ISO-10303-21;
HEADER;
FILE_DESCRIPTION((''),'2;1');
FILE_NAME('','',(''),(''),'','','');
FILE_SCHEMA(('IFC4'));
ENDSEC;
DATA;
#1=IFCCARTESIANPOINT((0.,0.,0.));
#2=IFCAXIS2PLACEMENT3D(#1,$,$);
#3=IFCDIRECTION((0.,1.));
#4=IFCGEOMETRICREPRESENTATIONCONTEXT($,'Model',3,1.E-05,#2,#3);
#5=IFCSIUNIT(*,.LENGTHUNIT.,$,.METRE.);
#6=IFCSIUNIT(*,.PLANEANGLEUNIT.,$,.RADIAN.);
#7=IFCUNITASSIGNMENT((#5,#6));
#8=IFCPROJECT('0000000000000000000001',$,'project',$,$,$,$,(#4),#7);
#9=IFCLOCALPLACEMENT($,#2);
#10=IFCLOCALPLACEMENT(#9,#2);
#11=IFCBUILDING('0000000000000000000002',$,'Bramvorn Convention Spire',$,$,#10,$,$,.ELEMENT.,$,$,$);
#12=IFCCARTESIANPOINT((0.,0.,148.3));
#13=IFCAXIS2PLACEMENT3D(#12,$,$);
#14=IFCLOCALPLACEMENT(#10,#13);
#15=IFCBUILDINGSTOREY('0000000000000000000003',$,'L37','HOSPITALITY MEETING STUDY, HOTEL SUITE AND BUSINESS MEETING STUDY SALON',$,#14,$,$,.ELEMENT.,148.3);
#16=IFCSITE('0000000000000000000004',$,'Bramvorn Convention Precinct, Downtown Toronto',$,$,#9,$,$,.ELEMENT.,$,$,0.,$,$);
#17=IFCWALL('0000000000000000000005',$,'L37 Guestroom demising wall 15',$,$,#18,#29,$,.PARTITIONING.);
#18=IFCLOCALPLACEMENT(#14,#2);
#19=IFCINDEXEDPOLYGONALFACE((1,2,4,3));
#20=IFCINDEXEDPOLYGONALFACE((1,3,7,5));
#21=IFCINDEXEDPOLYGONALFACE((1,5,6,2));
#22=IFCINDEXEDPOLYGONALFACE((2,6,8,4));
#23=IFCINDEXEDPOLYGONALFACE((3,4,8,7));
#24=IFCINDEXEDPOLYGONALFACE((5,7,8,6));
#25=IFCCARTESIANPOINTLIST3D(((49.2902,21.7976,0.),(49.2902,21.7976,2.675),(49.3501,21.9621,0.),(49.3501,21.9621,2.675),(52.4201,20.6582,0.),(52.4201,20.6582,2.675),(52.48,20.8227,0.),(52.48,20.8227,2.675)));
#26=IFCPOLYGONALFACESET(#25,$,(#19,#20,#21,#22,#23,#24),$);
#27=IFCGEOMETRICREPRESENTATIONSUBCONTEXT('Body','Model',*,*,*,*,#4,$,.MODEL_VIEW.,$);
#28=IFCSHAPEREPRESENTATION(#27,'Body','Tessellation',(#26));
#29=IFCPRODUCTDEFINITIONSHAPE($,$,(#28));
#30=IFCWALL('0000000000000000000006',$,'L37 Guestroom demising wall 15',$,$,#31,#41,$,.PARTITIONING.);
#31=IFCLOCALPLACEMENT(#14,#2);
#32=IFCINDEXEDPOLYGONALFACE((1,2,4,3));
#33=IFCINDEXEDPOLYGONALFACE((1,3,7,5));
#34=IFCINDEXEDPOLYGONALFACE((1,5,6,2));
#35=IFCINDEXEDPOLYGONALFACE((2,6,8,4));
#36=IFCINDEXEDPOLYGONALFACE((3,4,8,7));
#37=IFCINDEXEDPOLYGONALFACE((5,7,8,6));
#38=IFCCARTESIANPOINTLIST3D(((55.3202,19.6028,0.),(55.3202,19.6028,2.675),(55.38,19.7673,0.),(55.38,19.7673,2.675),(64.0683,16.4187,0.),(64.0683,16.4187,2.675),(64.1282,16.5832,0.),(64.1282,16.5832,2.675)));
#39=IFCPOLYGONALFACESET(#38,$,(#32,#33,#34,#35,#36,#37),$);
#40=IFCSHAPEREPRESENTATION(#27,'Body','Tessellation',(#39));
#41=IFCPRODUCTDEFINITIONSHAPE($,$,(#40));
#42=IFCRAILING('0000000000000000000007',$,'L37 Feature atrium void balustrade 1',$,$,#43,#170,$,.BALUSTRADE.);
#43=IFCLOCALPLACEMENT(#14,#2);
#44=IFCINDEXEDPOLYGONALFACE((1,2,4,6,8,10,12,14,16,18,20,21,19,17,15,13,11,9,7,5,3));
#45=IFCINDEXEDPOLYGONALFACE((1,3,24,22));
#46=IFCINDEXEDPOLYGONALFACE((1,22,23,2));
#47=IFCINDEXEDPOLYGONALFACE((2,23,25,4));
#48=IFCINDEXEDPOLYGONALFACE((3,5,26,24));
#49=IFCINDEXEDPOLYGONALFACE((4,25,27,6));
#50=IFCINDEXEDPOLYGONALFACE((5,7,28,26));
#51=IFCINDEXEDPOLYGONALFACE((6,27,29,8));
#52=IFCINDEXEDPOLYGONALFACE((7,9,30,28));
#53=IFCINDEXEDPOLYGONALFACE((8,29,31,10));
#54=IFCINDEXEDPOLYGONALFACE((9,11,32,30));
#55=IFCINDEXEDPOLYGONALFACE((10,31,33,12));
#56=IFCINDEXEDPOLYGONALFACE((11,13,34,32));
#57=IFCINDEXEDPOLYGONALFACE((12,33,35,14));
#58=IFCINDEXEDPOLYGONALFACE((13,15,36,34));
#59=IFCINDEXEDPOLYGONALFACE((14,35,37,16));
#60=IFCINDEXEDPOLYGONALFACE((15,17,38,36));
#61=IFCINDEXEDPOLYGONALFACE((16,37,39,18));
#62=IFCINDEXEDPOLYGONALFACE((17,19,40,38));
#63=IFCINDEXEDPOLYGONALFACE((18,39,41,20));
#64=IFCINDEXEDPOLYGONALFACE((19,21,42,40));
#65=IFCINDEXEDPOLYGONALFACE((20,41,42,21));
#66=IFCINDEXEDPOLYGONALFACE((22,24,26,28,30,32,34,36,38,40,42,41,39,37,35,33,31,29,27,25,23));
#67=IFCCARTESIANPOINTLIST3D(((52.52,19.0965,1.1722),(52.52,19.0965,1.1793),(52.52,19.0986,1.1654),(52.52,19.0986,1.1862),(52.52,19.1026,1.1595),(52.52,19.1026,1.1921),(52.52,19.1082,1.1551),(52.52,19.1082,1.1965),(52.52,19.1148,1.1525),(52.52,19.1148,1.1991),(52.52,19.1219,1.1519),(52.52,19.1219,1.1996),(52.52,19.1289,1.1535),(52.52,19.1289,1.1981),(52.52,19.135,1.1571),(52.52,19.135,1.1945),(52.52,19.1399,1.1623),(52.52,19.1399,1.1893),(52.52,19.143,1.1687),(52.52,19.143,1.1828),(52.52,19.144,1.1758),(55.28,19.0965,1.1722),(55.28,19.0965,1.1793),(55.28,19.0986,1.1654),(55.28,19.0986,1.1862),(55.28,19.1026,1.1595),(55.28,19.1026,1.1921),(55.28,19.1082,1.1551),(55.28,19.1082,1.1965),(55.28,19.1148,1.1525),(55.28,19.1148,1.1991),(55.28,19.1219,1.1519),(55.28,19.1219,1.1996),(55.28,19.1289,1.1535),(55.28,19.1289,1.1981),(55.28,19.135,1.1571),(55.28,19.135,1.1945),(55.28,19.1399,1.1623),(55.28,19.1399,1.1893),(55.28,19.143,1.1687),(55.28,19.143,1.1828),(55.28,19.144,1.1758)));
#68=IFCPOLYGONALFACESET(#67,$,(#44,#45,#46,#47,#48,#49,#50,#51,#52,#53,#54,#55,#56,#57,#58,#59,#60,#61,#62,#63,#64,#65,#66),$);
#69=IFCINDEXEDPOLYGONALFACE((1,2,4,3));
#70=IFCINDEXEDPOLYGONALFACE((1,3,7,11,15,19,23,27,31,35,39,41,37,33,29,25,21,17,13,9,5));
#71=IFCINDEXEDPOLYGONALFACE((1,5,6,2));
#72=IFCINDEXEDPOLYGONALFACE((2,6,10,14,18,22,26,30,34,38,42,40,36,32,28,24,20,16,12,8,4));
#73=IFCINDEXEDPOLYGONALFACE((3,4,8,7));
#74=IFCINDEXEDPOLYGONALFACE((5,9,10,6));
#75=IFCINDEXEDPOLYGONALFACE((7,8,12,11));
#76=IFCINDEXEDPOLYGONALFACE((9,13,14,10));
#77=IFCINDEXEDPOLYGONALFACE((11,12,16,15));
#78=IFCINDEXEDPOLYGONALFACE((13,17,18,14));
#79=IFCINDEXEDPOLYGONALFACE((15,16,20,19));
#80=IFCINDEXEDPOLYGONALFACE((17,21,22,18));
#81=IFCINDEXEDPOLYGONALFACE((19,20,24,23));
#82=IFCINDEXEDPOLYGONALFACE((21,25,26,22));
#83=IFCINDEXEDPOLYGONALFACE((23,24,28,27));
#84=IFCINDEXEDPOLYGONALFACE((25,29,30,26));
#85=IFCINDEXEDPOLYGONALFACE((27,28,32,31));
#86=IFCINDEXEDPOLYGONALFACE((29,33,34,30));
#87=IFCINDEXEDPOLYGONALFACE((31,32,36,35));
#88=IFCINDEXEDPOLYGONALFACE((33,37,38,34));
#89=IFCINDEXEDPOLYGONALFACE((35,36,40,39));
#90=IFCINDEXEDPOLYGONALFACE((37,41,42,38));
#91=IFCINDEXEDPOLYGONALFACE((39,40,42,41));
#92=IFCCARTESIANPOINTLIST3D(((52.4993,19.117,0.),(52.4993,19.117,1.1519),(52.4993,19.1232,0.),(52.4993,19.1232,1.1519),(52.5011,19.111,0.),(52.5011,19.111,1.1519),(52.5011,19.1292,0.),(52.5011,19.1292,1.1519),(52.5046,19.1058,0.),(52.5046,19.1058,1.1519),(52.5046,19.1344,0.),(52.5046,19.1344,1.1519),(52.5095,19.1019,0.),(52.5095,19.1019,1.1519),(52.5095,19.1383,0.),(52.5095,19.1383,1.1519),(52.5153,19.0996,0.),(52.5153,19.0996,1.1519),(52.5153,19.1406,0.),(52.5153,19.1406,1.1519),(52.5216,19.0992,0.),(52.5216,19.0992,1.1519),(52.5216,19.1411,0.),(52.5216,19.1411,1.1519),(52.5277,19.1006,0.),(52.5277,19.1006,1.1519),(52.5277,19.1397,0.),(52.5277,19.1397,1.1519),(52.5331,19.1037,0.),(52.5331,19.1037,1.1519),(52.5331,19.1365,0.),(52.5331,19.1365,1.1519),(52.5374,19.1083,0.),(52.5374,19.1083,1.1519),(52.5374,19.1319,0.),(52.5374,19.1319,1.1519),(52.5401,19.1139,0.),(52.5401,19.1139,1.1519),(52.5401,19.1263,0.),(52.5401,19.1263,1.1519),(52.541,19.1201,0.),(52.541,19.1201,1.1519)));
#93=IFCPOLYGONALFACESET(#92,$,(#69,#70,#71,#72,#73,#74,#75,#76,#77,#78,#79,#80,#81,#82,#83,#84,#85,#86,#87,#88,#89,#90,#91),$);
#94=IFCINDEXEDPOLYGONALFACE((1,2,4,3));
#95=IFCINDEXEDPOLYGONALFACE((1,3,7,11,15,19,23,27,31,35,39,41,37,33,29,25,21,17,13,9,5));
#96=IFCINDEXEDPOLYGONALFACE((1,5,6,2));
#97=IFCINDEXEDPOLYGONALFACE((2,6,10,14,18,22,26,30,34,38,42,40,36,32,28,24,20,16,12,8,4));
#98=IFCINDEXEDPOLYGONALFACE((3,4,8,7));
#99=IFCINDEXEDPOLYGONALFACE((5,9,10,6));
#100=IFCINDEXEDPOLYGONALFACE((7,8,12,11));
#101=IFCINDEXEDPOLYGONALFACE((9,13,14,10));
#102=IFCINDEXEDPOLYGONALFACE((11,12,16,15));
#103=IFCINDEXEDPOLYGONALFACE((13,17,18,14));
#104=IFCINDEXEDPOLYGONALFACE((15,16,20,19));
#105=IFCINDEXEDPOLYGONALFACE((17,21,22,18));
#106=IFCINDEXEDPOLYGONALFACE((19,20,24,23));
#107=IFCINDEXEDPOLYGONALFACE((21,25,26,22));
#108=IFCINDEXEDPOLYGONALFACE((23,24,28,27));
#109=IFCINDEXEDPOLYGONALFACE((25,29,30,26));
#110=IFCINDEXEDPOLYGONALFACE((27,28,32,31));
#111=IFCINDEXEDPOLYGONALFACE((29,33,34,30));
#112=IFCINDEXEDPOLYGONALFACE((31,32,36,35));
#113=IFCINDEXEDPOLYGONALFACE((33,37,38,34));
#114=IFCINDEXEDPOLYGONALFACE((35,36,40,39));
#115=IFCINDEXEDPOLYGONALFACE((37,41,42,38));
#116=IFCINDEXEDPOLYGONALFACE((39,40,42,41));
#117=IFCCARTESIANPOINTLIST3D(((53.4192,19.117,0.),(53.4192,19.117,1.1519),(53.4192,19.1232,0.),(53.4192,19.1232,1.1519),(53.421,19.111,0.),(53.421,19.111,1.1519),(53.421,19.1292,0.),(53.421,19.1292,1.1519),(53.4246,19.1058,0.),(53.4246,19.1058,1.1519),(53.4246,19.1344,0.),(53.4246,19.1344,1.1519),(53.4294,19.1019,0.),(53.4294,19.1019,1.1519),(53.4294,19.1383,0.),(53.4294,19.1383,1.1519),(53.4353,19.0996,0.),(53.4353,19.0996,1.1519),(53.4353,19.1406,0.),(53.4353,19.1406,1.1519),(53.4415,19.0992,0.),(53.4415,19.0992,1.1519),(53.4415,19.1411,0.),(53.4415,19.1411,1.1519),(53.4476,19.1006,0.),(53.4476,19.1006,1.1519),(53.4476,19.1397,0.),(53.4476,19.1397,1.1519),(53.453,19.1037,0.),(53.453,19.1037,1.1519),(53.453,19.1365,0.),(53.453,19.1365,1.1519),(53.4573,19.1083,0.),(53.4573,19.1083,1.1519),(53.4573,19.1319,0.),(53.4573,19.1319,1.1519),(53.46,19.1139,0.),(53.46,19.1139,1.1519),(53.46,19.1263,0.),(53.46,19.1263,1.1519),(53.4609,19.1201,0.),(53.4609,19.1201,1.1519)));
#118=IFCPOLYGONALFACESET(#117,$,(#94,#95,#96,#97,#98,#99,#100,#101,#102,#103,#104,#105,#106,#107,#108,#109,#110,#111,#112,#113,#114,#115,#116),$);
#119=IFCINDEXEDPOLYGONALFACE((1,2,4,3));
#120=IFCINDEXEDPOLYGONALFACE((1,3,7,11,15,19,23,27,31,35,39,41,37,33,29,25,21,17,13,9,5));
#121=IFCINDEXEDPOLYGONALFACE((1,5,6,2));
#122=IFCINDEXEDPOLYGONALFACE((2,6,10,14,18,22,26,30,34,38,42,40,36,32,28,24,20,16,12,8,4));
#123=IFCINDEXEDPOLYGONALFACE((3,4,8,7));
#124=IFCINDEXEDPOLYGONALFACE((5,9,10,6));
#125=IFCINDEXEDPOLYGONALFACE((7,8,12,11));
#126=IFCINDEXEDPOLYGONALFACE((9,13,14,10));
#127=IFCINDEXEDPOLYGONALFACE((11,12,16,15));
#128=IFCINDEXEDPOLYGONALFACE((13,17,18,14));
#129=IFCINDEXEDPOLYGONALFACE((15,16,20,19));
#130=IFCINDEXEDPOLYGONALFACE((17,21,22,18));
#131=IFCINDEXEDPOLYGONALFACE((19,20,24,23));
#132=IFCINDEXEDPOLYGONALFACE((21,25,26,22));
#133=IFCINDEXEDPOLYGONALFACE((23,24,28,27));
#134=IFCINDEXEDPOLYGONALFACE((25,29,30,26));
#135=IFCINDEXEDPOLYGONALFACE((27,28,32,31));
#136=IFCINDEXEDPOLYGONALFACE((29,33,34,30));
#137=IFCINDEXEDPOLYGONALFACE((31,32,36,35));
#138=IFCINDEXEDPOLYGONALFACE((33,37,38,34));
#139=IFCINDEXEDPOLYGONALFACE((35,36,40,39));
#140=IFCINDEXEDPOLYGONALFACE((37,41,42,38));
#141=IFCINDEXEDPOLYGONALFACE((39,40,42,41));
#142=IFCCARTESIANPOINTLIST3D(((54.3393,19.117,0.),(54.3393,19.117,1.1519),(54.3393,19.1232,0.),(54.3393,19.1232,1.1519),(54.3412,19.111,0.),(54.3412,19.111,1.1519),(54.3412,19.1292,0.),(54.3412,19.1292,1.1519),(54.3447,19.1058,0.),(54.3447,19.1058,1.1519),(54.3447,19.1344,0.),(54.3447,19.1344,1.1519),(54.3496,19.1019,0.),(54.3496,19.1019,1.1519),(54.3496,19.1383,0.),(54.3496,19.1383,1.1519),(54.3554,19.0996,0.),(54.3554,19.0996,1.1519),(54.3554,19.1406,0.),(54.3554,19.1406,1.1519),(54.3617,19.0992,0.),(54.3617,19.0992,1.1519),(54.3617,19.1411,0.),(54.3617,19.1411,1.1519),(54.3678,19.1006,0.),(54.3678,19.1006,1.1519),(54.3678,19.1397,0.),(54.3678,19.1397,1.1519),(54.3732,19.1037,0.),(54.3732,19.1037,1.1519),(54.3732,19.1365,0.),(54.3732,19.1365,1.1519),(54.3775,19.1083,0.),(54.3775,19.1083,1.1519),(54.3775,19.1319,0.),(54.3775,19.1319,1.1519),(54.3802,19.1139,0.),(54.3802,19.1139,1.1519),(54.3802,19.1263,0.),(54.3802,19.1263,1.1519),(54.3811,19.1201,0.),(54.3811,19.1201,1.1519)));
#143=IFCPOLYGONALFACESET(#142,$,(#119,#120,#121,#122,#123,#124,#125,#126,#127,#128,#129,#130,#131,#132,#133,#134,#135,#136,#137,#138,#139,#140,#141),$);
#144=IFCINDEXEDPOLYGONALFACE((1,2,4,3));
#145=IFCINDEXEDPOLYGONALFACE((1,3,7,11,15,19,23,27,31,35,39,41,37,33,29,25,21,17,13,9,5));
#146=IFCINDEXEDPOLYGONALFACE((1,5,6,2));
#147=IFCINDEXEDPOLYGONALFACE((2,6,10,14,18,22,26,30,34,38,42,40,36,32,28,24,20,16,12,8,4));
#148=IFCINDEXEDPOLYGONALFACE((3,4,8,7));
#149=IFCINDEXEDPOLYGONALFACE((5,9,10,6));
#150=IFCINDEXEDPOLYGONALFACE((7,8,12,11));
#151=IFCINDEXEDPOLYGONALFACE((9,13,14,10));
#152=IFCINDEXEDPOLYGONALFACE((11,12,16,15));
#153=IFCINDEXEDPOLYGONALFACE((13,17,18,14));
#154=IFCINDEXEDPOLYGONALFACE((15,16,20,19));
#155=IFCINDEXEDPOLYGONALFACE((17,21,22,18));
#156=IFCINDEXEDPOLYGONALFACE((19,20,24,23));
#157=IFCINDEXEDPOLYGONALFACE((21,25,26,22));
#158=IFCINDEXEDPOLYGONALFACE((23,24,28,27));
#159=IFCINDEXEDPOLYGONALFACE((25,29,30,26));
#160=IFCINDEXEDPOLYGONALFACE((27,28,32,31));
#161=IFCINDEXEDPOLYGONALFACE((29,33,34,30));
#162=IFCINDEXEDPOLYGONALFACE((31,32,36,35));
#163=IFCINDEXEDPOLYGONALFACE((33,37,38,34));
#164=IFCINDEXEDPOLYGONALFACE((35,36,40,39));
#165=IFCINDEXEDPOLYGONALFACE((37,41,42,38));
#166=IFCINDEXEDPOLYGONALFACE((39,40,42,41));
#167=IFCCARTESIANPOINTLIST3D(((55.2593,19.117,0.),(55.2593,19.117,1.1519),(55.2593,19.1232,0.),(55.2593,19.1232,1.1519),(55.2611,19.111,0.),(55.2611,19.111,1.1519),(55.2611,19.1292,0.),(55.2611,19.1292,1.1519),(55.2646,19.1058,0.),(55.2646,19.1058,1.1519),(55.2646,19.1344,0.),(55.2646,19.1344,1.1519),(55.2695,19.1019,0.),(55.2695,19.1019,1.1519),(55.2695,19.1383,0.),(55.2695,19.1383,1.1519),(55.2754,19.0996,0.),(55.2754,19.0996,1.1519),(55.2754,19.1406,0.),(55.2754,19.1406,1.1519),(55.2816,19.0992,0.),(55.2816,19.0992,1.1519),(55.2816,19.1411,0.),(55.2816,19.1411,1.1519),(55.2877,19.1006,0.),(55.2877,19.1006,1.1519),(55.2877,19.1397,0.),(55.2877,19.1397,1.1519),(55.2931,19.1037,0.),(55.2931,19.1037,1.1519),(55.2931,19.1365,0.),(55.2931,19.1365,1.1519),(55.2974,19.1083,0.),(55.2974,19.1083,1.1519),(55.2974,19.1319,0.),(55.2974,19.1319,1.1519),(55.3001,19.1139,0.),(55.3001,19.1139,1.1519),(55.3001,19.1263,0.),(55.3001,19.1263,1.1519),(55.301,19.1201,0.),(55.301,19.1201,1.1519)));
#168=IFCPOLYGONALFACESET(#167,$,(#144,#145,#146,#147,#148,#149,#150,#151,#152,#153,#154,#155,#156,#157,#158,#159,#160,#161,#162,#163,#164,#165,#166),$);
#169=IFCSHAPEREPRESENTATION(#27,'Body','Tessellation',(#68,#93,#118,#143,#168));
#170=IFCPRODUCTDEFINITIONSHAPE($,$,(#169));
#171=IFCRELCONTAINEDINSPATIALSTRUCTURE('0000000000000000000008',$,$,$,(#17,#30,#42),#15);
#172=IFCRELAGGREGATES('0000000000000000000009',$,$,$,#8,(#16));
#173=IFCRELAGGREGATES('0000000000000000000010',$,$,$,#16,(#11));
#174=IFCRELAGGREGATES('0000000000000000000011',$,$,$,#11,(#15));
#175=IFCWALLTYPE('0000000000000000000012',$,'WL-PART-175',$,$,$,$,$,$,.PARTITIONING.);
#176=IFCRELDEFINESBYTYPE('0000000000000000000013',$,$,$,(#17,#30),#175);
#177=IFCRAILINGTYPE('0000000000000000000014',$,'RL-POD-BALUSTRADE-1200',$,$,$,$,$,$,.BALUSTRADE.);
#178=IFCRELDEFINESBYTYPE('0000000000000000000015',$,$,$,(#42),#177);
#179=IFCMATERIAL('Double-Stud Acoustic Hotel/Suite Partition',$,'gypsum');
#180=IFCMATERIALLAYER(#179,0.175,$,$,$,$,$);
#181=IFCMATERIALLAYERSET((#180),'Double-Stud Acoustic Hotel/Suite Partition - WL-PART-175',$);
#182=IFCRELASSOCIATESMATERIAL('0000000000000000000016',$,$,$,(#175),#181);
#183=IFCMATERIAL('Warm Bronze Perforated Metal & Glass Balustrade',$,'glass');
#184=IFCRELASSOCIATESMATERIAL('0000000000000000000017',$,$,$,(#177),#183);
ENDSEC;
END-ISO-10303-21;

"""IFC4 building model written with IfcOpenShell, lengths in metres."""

from ifc_helpers import new_model, si_unit, direction, frame, frame_2d, origin, origin_2d, place, context, subcontext, project, spatial, rectangle, circle, extrude, material, layer, layer_set, type_object, element, save


model = new_model("IFC4")

# Units and contexts
model_context = context("Model", 3, precision=1e-05, world=origin(), true_north=direction((0.0, 1.0)))
body_context = subcontext(model_context, "Body", "Model", "MODEL_VIEW")
ifc_project = project(units=[si_unit("LENGTHUNIT", "METRE"), si_unit("PLANEANGLEUNIT", "RADIAN")], contexts=[model_context])

# Site, building, storey
site_placement = place(None, origin())
site = spatial("IfcSite", under=ifc_project, at=site_placement, Name="Bramvorn Convention Precinct, Downtown Toronto", CompositionType="ELEMENT", RefElevation=0.0)
building_placement = place(site_placement, origin())
building = spatial("IfcBuilding", under=site, at=building_placement, Name="Bramvorn Convention Spire", CompositionType="ELEMENT")
storey_placement = place(building_placement, frame((0.0, 0.0, 148.3)))
storey = spatial("IfcBuildingStorey", under=building, at=storey_placement, Name="L37", Description="HOSPITALITY MEETING STUDY, HOTEL SUITE AND BUSINESS MEETING STUDY SALON", CompositionType="ELEMENT", Elevation=148.3)

# Walls
ifc_material_1 = material(Name="Double-Stud Acoustic Hotel/Suite Partition", Category="gypsum")
ifc_layer_1 = layer(ifc_material_1, 0.175)
ifc_layer_set_1 = layer_set([ifc_layer_1], Name="Double-Stud Acoustic Hotel/Suite Partition - WL-PART-175")
wall_type_1 = type_object("IfcWallType", Name="WL-PART-175", PredefinedType="PARTITIONING", material=ifc_layer_set_1)
wall_1_placement = place(storey_placement, frame((49.3201, 21.8799, 0.0), z_axis=(0.0, 0.0, 1.0), x_axis=(0.939671, -0.342078, 0.0)))
element("IfcWall", 1, at=wall_1_placement, inside=storey, type_object=wall_type_1, Name="L37 Guestroom demising wall 15", PredefinedType="PARTITIONING", context=body_context, shape_type="SweptSolid", body=[
    extrude(rectangle(XDim=3.3308, YDim=0.175, at=frame_2d((1.6655, 0.0))), origin(), (0.0, 0.0, 1.0), 2.675),
])
wall_2_placement = place(storey_placement, frame((55.3501, 19.6851, 0.0), z_axis=(0.0, 0.0, 1.0), x_axis=(0.939691, -0.342025, 0.0)))
element("IfcWall", 2, at=wall_2_placement, inside=storey, type_object=wall_type_1, Name="L37 Guestroom demising wall 15", PredefinedType="PARTITIONING", context=body_context, shape_type="SweptSolid", body=[
    extrude(rectangle(XDim=9.3096, YDim=0.175, at=frame_2d((4.6548, 0.0))), origin(), (0.0, 0.0, 1.0), 2.675),
])

# Railing
ifc_material_2 = material(Name="Warm Bronze Perforated Metal & Glass Balustrade", Category="glass")
railing_type = type_object("IfcRailingType", Name="RL-POD-BALUSTRADE-1200", PredefinedType="BALUSTRADE", material=ifc_material_2)
railing_1_placement = place(storey_placement, frame((52.52, 19.1201, 0.0)))
element("IfcRailing", 3, at=railing_1_placement, inside=storey, type_object=railing_type, Name="L37 Feature atrium void balustrade 1", PredefinedType="BALUSTRADE", context=body_context, shape_type="SweptSolid", body=[
    extrude(circle(Radius=0.0239, at=origin_2d()), frame((0.0, 0.0, 1.1758), z_axis=(1.0, 0.0, 0.0), x_axis=(0.0, 1.0, 0.0)), (0.0, 0.0, 1.0), 2.76),
    extrude(circle(Radius=0.021, at=origin_2d()), origin(), (0.0, 0.0, 1.0), 1.1519),
    extrude(circle(Radius=0.021, at=origin_2d()), frame((0.9199, 0.0, 0.0)), (0.0, 0.0, 1.0), 1.1519),
    extrude(circle(Radius=0.021, at=origin_2d()), frame((1.8401, 0.0, 0.0)), (0.0, 0.0, 1.0), 1.1519),
    extrude(circle(Radius=0.021, at=origin_2d()), frame((2.76, 0.0, 0.0)), (0.0, 0.0, 1.0), 1.1519),
])

save(model, "model.ifc")
